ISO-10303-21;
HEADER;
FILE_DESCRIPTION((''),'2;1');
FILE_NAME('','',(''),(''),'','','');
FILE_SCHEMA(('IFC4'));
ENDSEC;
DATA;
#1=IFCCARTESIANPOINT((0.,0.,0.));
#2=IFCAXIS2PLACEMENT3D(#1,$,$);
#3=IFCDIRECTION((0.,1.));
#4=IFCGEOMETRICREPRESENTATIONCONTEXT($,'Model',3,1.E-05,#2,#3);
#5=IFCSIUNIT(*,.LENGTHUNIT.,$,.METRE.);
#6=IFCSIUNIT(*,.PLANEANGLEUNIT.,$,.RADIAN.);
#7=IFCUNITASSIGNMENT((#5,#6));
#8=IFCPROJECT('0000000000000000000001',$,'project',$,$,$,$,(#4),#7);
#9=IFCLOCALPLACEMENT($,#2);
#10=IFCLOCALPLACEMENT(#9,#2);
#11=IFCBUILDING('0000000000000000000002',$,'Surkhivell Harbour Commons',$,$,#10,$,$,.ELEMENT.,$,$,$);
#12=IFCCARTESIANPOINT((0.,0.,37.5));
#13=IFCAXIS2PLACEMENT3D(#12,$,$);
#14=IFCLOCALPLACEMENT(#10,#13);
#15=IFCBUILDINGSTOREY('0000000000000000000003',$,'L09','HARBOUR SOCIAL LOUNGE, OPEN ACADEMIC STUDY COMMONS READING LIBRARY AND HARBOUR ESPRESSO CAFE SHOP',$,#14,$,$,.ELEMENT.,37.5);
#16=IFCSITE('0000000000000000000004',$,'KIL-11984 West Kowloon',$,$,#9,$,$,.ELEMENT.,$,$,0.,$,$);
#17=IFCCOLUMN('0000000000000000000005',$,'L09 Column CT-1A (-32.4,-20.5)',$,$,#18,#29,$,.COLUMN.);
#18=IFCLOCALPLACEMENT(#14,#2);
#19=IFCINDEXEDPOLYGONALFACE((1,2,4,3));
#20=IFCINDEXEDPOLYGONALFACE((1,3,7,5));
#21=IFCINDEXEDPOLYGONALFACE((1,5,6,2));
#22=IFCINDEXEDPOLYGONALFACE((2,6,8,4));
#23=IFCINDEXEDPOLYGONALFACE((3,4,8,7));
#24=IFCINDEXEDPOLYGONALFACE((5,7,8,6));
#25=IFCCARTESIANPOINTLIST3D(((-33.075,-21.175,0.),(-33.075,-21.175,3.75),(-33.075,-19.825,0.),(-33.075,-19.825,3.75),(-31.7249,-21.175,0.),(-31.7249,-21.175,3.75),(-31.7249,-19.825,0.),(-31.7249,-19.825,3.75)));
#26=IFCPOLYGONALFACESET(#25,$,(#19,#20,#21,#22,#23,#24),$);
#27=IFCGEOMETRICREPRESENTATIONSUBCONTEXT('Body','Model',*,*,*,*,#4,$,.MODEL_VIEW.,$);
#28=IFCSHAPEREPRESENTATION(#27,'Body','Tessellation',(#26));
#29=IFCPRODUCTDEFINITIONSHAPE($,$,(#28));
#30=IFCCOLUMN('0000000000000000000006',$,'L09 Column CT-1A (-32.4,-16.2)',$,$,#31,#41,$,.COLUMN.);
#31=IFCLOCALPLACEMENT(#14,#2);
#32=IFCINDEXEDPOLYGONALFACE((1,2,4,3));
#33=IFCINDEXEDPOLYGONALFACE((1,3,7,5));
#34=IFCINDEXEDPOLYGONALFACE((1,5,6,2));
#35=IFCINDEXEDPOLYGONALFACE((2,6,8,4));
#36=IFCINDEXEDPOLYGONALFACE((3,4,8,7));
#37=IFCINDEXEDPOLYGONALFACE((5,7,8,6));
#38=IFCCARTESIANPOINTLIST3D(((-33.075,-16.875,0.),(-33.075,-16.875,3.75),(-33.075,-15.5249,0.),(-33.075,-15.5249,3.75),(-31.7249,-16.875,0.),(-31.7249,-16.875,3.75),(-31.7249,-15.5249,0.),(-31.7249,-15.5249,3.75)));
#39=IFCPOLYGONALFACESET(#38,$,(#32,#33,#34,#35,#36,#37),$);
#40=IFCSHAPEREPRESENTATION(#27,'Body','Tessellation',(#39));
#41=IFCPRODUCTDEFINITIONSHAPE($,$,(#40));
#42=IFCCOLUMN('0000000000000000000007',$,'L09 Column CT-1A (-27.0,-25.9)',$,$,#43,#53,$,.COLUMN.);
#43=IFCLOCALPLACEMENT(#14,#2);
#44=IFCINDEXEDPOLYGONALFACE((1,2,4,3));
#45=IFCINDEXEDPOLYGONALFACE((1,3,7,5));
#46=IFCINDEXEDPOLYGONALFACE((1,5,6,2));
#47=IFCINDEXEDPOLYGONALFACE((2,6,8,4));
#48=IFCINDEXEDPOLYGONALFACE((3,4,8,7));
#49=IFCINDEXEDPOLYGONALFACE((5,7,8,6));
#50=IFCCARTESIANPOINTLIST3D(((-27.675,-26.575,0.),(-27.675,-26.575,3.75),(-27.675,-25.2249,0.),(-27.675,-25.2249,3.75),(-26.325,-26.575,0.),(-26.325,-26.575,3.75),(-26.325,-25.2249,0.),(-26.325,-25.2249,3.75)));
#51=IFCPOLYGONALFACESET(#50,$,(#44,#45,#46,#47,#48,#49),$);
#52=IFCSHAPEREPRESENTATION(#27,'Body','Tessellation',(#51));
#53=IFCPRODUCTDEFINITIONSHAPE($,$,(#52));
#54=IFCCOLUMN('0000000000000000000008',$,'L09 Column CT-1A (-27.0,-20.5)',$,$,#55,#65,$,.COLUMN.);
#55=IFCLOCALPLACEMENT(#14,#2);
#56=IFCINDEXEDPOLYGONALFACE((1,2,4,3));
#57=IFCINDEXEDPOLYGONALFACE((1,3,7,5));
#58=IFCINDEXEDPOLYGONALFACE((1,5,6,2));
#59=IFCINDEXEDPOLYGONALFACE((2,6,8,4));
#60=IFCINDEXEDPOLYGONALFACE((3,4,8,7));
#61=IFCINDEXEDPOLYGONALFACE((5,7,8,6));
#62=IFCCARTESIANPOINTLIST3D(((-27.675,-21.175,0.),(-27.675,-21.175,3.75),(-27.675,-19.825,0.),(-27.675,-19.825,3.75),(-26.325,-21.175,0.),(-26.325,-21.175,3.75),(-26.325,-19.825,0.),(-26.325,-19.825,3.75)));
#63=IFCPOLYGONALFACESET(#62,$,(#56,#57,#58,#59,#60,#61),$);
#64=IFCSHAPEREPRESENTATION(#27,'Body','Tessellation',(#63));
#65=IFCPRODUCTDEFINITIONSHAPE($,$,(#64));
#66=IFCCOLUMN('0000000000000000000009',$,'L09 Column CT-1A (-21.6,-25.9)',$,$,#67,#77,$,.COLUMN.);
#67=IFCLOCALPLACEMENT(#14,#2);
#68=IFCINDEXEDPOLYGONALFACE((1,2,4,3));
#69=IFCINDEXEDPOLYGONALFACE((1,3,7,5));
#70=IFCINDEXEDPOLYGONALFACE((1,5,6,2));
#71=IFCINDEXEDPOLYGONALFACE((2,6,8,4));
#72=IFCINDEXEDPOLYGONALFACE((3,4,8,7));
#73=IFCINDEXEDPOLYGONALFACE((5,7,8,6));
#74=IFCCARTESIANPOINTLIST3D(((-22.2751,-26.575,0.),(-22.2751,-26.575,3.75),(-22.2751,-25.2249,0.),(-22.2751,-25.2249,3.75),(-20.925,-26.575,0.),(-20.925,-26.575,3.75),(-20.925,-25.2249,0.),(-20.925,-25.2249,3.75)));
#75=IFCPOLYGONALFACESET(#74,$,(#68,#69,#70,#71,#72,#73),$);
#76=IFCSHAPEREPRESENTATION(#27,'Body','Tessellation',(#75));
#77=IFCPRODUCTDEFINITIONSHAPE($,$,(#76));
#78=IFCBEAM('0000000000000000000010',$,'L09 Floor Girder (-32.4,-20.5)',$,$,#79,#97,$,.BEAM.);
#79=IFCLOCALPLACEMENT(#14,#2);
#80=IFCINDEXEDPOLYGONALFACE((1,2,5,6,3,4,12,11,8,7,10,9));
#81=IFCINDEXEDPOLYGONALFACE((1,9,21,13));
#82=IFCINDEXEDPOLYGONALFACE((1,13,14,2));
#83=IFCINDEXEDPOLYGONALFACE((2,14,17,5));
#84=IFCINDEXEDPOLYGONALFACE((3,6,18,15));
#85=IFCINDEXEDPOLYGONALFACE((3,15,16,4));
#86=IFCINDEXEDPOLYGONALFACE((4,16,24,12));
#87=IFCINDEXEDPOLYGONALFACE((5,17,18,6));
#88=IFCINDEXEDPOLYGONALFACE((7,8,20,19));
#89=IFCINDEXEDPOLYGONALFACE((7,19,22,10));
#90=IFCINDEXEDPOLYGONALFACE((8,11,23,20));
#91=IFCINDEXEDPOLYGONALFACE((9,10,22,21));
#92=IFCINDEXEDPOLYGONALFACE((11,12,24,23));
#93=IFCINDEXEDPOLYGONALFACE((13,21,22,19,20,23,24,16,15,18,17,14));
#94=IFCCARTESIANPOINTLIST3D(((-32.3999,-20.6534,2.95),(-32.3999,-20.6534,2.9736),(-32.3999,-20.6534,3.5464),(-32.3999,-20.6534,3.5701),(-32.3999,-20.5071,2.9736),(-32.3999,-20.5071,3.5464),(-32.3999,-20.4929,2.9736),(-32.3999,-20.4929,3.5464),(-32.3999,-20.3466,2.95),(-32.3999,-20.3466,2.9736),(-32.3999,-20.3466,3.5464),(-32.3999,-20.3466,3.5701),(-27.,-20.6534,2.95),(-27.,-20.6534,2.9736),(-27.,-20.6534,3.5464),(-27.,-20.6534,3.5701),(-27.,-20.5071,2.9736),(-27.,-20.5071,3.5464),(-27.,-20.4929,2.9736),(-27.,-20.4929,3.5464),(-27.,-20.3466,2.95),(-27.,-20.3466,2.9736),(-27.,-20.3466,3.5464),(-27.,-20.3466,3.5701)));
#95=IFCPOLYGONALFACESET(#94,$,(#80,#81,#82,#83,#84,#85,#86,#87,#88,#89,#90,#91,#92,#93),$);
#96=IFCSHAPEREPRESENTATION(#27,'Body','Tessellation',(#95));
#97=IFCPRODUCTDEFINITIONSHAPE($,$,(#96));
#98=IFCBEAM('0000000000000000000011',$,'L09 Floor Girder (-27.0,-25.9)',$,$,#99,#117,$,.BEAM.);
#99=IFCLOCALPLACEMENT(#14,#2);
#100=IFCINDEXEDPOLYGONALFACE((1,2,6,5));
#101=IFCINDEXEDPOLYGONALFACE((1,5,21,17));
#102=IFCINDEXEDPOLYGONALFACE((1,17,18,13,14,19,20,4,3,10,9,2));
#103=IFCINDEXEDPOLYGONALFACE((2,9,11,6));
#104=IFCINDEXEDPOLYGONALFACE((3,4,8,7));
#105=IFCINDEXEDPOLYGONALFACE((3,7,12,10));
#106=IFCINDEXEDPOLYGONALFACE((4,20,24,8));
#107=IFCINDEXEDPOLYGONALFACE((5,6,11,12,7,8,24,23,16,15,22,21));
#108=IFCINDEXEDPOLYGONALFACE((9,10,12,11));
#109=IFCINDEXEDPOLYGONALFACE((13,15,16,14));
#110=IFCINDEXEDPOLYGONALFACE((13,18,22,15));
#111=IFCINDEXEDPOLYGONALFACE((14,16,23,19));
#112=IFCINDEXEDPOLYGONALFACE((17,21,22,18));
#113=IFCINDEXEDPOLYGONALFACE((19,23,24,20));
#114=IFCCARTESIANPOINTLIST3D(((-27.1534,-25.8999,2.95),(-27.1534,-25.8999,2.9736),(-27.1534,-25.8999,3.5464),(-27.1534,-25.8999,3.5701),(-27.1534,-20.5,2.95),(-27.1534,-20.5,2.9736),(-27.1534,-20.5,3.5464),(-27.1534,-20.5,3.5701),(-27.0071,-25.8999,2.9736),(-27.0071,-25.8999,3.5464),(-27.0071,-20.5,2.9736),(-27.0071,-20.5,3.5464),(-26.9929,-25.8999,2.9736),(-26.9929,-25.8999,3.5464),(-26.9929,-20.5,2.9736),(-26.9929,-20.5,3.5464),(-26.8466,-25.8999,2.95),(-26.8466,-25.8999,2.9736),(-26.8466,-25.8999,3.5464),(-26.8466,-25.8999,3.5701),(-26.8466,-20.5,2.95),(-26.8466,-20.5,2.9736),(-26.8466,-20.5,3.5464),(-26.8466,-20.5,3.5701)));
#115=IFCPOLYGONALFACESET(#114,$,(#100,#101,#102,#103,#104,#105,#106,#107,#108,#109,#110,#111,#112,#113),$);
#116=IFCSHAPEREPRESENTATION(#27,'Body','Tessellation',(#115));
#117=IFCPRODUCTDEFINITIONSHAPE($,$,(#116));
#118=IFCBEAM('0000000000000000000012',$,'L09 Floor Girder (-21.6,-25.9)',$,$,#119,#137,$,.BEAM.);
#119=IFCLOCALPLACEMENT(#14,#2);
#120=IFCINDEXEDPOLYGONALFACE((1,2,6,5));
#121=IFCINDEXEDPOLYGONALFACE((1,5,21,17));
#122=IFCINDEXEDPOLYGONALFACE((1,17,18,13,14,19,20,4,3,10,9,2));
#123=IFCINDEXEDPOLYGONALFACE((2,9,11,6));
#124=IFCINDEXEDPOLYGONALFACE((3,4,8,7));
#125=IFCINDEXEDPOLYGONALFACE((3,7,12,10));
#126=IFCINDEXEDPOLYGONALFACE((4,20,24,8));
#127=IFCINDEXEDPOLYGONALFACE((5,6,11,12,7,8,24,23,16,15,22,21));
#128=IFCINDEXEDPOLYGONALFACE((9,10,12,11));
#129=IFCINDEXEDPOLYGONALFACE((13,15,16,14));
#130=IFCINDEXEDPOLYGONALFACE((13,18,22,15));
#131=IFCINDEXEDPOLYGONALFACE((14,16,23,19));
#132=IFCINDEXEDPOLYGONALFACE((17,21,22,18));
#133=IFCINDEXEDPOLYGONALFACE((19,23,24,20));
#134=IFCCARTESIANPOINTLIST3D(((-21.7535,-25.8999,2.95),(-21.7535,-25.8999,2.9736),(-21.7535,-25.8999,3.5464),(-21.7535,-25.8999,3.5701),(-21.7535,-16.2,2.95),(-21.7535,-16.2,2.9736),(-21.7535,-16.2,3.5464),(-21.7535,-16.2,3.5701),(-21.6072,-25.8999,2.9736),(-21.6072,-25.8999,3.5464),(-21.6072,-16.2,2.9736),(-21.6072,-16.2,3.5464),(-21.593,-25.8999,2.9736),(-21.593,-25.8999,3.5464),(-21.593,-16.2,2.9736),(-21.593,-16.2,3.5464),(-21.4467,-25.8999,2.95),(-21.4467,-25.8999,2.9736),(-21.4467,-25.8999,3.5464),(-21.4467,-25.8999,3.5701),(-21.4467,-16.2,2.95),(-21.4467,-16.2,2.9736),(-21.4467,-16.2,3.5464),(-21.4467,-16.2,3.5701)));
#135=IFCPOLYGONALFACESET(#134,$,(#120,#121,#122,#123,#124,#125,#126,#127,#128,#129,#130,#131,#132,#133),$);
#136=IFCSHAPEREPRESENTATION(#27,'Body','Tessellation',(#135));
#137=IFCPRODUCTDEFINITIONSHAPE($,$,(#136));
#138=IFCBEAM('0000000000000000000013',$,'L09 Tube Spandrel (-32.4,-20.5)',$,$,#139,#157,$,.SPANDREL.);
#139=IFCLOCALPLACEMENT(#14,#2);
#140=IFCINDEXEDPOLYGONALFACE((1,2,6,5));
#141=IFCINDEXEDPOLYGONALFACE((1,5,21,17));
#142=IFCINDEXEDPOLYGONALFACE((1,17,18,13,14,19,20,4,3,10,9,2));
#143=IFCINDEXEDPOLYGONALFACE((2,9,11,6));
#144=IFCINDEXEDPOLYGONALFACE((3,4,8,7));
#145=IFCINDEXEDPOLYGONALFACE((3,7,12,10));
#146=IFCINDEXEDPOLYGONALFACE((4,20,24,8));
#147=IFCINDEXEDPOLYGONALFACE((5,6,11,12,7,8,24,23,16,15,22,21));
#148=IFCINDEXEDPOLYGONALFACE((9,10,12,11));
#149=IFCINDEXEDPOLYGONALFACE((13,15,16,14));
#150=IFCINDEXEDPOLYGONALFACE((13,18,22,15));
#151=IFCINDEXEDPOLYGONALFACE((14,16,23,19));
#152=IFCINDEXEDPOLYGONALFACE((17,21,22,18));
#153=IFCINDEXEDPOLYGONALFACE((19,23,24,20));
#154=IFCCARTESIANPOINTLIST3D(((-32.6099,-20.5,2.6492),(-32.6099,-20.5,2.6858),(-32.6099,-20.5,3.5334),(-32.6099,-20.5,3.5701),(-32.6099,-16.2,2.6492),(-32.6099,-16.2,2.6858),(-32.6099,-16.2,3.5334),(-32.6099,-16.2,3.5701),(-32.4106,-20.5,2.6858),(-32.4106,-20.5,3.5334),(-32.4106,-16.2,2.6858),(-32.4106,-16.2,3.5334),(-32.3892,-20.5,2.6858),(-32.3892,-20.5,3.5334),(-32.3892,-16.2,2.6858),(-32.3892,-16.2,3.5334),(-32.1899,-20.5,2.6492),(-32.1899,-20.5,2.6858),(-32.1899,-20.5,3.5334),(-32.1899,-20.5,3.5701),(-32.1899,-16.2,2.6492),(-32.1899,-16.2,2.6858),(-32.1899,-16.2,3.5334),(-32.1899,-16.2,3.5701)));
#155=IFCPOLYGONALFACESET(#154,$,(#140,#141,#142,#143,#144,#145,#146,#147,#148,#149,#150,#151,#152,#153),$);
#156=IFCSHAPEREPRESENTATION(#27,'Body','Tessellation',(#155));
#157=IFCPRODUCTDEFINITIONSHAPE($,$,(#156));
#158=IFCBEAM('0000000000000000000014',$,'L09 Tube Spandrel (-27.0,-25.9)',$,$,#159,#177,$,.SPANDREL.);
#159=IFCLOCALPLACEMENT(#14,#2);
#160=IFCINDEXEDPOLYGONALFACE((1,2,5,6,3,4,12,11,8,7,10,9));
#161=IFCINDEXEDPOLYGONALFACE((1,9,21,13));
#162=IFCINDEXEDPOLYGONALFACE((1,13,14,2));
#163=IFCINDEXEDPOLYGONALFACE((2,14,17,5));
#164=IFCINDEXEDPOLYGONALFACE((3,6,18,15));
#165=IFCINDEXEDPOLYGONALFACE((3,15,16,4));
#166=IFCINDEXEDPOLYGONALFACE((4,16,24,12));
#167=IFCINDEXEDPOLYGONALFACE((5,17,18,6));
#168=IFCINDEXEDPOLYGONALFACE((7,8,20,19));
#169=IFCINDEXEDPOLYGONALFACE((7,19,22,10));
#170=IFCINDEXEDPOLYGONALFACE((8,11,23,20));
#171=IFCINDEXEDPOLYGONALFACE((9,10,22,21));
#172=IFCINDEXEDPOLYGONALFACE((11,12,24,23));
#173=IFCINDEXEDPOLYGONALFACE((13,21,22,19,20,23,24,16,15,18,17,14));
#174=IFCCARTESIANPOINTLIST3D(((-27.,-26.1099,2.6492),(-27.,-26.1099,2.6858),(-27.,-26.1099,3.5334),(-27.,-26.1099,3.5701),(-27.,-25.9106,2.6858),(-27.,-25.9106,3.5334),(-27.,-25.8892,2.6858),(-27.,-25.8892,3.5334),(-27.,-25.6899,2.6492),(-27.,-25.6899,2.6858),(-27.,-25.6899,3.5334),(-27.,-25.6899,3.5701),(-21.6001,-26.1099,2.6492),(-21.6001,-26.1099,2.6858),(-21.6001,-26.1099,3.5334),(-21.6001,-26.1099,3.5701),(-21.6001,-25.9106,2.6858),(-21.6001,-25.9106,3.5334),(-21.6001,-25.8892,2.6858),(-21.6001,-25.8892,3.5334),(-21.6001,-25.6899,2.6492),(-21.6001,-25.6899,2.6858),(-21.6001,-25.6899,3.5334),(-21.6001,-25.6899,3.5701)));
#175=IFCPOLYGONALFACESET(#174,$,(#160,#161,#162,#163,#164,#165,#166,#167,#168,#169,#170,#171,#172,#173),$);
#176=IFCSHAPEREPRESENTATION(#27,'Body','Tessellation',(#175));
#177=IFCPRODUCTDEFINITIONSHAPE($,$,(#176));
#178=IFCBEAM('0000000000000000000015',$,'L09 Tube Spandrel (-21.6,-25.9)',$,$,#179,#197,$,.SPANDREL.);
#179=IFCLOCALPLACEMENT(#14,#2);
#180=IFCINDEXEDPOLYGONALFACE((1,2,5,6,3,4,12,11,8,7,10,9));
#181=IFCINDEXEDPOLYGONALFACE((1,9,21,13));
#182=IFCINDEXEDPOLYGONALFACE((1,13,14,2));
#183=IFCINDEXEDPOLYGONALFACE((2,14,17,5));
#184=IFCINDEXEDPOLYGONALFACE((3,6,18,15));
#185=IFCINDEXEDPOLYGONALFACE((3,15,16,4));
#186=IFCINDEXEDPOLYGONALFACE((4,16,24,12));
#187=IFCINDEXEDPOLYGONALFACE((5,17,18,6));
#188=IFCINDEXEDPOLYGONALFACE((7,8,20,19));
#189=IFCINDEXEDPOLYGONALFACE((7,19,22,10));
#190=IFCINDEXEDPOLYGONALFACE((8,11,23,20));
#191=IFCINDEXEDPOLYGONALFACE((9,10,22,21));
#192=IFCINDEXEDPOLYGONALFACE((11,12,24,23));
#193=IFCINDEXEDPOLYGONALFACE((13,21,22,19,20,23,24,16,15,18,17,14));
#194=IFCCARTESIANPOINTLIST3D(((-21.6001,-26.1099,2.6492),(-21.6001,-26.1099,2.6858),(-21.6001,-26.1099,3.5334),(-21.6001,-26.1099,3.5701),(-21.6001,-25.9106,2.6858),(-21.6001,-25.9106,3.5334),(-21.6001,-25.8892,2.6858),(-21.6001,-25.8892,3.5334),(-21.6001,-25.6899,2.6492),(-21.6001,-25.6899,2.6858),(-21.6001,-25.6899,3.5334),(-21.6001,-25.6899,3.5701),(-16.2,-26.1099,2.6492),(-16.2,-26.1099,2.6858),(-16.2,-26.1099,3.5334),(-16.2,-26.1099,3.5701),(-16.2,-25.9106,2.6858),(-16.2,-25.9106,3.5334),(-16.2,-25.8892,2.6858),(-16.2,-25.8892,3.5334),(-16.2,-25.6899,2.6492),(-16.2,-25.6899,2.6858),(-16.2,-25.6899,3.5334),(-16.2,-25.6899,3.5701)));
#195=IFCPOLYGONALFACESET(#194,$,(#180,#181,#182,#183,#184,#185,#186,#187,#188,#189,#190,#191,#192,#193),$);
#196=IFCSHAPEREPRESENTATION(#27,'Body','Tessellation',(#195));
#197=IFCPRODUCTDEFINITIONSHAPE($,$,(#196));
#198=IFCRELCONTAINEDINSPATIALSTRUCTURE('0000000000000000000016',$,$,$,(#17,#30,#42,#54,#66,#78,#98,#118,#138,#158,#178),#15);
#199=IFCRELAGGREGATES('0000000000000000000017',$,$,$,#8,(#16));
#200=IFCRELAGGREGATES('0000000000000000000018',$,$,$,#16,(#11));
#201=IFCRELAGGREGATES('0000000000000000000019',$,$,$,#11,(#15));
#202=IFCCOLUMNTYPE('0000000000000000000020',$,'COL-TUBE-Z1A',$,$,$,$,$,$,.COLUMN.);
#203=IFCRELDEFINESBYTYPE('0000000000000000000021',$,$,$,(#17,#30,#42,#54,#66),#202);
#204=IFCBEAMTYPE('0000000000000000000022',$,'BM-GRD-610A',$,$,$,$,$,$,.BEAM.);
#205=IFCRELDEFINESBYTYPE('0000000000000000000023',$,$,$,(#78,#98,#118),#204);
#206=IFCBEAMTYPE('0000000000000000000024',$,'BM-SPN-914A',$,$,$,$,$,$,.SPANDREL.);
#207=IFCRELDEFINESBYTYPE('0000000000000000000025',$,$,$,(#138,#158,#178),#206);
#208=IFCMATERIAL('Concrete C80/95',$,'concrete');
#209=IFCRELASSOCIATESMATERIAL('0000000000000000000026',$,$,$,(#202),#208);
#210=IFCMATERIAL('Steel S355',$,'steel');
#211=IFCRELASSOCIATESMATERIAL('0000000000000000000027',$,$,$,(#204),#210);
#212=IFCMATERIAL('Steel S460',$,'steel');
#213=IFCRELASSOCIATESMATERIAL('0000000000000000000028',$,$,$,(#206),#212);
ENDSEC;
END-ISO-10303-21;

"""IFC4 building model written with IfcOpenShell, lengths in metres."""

from ifc_helpers import new_model, si_unit, direction, frame, origin, origin_2d, place, context, subcontext, project, spatial, rectangle, i_section, extrude, material, material_profile, profile_set, type_object, element, save


model = new_model("IFC4")

# Units and contexts
model_context = context("Model", 3, precision=1e-05, world=origin(), true_north=direction((0.0, 1.0)))
body_context = subcontext(model_context, "Body", "Model", "MODEL_VIEW")
ifc_project = project(units=[si_unit("LENGTHUNIT", "METRE"), si_unit("PLANEANGLEUNIT", "RADIAN")], contexts=[model_context])

# Site, building, storey
site_placement = place(None, origin())
site = spatial("IfcSite", under=ifc_project, at=site_placement, Name="KIL-11984 West Kowloon", CompositionType="ELEMENT", RefElevation=0.0)
building_placement = place(site_placement, origin())
building = spatial("IfcBuilding", under=site, at=building_placement, Name="Surkhivell Harbour Commons", CompositionType="ELEMENT")
storey_placement = place(building_placement, frame((0.0, 0.0, 37.5)))
storey = spatial("IfcBuildingStorey", under=building, at=storey_placement, Name="L09", Description="HARBOUR SOCIAL LOUNGE, OPEN ACADEMIC STUDY COMMONS READING LIBRARY AND HARBOUR ESPRESSO CAFE SHOP", CompositionType="ELEMENT", Elevation=37.5)

# Columns
ifc_material_1 = material(Name="Concrete C80/95", Category="concrete")
ifc_material_profile_1 = material_profile(ifc_material_1, rectangle(XDim=1.3501, YDim=1.3501, at=origin_2d()), Name="RC-COL-1350x1350")
ifc_profile_set_1 = profile_set([ifc_material_profile_1], Name="Concrete C80/95")
column_type = type_object("IfcColumnType", Name="COL-TUBE-Z1A", PredefinedType="COLUMN", material=ifc_profile_set_1)
for number, where, z_axis, x_axis, name in (
    (1, (-32.3999, -20.5, 0.0), (0.0, 0.0, 1.0), (1.0, 0.0, 0.0), "L09 Column CT-1A (-32.4,-20.5)"),
    (2, (-32.3999, -16.2, 0.0), (0.0, 0.0, 1.0), (1.0, 0.0, 0.0), "L09 Column CT-1A (-32.4,-16.2)"),
    (3, (-27.0, -25.8999, 0.0), (0.0, 0.0, 1.0), (1.0, 0.0, 0.0), "L09 Column CT-1A (-27.0,-25.9)"),
    (4, (-27.0, -20.5, 0.0), (0.0, 0.0, 1.0), (1.0, 0.0, 0.0), "L09 Column CT-1A (-27.0,-20.5)"),
    (5, (-21.6001, -25.8999, 0.0), (0.0, 0.0, 1.0), (1.0, 0.0, 0.0), "L09 Column CT-1A (-21.6,-25.9)"),
):
    element("IfcColumn", number, at=place(storey_placement, frame(where, z_axis=z_axis, x_axis=x_axis)), inside=storey, type_object=column_type, Name=name, PredefinedType="COLUMN", context=body_context, shape_type="SweptSolid", body=[
        extrude(rectangle(XDim=1.3501, YDim=1.3501, at=origin_2d()), origin(), (0.0, 0.0, 1.0), 3.75),
    ])

# Beams
ifc_material_2 = material(Name="Steel S355", Category="steel")
ifc_material_profile_2 = material_profile(ifc_material_2, i_section(OverallWidth=0.3069, OverallDepth=0.6201, WebThickness=0.0142, FlangeThickness=0.0237, at=origin_2d()), Name="UB610x305x179")
ifc_profile_set_2 = profile_set([ifc_material_profile_2], Name="Steel S355")
beam_type_1 = type_object("IfcBeamType", Name="BM-GRD-610A", PredefinedType="BEAM", material=ifc_profile_set_2)
for number, where, z_axis, x_axis, name in (
    (6, (-32.3999, -20.5, 3.26), (1.0, 0.0, 0.0), (0.0, 1.0, 0.0), "L09 Floor Girder (-32.4,-20.5)"),
    (7, (-27.0, -25.8999, 3.26), (0.0, 1.0, 0.0), (-1.0, 0.0, 0.0), "L09 Floor Girder (-27.0,-25.9)"),
):
    element("IfcBeam", number, at=place(storey_placement, frame(where, z_axis=z_axis, x_axis=x_axis)), inside=storey, type_object=beam_type_1, Name=name, PredefinedType="BEAM", context=body_context, shape_type="SweptSolid", body=[
        extrude(i_section(OverallWidth=0.3069, OverallDepth=0.6201, WebThickness=0.0142, FlangeThickness=0.0237, at=origin_2d()), origin(), (0.0, 0.0, 1.0), 5.3999),
    ])
beam_1_placement = place(storey_placement, frame((-21.6001, -25.8999, 3.26), z_axis=(0.0, 1.0, 0.0), x_axis=(-1.0, 0.0, 0.0)))
element("IfcBeam", 8, at=beam_1_placement, inside=storey, type_object=beam_type_1, Name="L09 Floor Girder (-21.6,-25.9)", PredefinedType="BEAM", context=body_context, shape_type="SweptSolid", body=[
    extrude(i_section(OverallWidth=0.3069, OverallDepth=0.6201, WebThickness=0.0142, FlangeThickness=0.0237, at=origin_2d()), origin(), (0.0, 0.0, 1.0), 9.7),
])
ifc_material_3 = material(Name="Steel S460", Category="steel")
ifc_material_profile_3 = material_profile(ifc_material_3, i_section(OverallWidth=0.4199, OverallDepth=0.9209, WebThickness=0.0215, FlangeThickness=0.0366, at=origin_2d()), Name="UB914x419x388")
ifc_profile_set_3 = profile_set([ifc_material_profile_3], Name="Steel S460")
beam_type_2 = type_object("IfcBeamType", Name="BM-SPN-914A", PredefinedType="SPANDREL", material=ifc_profile_set_3)
beam_2_placement = place(storey_placement, frame((-32.3999, -20.5, 3.1096), z_axis=(0.0, 1.0, 0.0), x_axis=(-1.0, 0.0, 0.0)))
element("IfcBeam", 9, at=beam_2_placement, inside=storey, type_object=beam_type_2, Name="L09 Tube Spandrel (-32.4,-20.5)", PredefinedType="SPANDREL", context=body_context, shape_type="SweptSolid", body=[
    extrude(i_section(OverallWidth=0.4199, OverallDepth=0.9209, WebThickness=0.0215, FlangeThickness=0.0366, at=origin_2d()), origin(), (0.0, 0.0, 1.0), 4.3),
])
beam_3_placement = place(storey_placement, frame((-27.0, -25.8999, 3.1096), z_axis=(1.0, 0.0, 0.0), x_axis=(0.0, 1.0, 0.0)))
element("IfcBeam", 10, at=beam_3_placement, inside=storey, type_object=beam_type_2, Name="L09 Tube Spandrel (-27.0,-25.9)", PredefinedType="SPANDREL", context=body_context, shape_type="SweptSolid", body=[
    extrude(i_section(OverallWidth=0.4199, OverallDepth=0.9209, WebThickness=0.0215, FlangeThickness=0.0366, at=origin_2d()), origin(), (0.0, 0.0, 1.0), 5.3999),
])
beam_4_placement = place(storey_placement, frame((-21.6001, -25.8999, 3.1096), z_axis=(1.0, 0.0, 0.0), x_axis=(0.0, 1.0, 0.0)))
element("IfcBeam", 11, at=beam_4_placement, inside=storey, type_object=beam_type_2, Name="L09 Tube Spandrel (-21.6,-25.9)", PredefinedType="SPANDREL", context=body_context, shape_type="SweptSolid", body=[
    extrude(i_section(OverallWidth=0.4199, OverallDepth=0.9209, WebThickness=0.0215, FlangeThickness=0.0366, at=origin_2d()), origin(), (0.0, 0.0, 1.0), 5.4001),
])

save(model, "model.ifc")
